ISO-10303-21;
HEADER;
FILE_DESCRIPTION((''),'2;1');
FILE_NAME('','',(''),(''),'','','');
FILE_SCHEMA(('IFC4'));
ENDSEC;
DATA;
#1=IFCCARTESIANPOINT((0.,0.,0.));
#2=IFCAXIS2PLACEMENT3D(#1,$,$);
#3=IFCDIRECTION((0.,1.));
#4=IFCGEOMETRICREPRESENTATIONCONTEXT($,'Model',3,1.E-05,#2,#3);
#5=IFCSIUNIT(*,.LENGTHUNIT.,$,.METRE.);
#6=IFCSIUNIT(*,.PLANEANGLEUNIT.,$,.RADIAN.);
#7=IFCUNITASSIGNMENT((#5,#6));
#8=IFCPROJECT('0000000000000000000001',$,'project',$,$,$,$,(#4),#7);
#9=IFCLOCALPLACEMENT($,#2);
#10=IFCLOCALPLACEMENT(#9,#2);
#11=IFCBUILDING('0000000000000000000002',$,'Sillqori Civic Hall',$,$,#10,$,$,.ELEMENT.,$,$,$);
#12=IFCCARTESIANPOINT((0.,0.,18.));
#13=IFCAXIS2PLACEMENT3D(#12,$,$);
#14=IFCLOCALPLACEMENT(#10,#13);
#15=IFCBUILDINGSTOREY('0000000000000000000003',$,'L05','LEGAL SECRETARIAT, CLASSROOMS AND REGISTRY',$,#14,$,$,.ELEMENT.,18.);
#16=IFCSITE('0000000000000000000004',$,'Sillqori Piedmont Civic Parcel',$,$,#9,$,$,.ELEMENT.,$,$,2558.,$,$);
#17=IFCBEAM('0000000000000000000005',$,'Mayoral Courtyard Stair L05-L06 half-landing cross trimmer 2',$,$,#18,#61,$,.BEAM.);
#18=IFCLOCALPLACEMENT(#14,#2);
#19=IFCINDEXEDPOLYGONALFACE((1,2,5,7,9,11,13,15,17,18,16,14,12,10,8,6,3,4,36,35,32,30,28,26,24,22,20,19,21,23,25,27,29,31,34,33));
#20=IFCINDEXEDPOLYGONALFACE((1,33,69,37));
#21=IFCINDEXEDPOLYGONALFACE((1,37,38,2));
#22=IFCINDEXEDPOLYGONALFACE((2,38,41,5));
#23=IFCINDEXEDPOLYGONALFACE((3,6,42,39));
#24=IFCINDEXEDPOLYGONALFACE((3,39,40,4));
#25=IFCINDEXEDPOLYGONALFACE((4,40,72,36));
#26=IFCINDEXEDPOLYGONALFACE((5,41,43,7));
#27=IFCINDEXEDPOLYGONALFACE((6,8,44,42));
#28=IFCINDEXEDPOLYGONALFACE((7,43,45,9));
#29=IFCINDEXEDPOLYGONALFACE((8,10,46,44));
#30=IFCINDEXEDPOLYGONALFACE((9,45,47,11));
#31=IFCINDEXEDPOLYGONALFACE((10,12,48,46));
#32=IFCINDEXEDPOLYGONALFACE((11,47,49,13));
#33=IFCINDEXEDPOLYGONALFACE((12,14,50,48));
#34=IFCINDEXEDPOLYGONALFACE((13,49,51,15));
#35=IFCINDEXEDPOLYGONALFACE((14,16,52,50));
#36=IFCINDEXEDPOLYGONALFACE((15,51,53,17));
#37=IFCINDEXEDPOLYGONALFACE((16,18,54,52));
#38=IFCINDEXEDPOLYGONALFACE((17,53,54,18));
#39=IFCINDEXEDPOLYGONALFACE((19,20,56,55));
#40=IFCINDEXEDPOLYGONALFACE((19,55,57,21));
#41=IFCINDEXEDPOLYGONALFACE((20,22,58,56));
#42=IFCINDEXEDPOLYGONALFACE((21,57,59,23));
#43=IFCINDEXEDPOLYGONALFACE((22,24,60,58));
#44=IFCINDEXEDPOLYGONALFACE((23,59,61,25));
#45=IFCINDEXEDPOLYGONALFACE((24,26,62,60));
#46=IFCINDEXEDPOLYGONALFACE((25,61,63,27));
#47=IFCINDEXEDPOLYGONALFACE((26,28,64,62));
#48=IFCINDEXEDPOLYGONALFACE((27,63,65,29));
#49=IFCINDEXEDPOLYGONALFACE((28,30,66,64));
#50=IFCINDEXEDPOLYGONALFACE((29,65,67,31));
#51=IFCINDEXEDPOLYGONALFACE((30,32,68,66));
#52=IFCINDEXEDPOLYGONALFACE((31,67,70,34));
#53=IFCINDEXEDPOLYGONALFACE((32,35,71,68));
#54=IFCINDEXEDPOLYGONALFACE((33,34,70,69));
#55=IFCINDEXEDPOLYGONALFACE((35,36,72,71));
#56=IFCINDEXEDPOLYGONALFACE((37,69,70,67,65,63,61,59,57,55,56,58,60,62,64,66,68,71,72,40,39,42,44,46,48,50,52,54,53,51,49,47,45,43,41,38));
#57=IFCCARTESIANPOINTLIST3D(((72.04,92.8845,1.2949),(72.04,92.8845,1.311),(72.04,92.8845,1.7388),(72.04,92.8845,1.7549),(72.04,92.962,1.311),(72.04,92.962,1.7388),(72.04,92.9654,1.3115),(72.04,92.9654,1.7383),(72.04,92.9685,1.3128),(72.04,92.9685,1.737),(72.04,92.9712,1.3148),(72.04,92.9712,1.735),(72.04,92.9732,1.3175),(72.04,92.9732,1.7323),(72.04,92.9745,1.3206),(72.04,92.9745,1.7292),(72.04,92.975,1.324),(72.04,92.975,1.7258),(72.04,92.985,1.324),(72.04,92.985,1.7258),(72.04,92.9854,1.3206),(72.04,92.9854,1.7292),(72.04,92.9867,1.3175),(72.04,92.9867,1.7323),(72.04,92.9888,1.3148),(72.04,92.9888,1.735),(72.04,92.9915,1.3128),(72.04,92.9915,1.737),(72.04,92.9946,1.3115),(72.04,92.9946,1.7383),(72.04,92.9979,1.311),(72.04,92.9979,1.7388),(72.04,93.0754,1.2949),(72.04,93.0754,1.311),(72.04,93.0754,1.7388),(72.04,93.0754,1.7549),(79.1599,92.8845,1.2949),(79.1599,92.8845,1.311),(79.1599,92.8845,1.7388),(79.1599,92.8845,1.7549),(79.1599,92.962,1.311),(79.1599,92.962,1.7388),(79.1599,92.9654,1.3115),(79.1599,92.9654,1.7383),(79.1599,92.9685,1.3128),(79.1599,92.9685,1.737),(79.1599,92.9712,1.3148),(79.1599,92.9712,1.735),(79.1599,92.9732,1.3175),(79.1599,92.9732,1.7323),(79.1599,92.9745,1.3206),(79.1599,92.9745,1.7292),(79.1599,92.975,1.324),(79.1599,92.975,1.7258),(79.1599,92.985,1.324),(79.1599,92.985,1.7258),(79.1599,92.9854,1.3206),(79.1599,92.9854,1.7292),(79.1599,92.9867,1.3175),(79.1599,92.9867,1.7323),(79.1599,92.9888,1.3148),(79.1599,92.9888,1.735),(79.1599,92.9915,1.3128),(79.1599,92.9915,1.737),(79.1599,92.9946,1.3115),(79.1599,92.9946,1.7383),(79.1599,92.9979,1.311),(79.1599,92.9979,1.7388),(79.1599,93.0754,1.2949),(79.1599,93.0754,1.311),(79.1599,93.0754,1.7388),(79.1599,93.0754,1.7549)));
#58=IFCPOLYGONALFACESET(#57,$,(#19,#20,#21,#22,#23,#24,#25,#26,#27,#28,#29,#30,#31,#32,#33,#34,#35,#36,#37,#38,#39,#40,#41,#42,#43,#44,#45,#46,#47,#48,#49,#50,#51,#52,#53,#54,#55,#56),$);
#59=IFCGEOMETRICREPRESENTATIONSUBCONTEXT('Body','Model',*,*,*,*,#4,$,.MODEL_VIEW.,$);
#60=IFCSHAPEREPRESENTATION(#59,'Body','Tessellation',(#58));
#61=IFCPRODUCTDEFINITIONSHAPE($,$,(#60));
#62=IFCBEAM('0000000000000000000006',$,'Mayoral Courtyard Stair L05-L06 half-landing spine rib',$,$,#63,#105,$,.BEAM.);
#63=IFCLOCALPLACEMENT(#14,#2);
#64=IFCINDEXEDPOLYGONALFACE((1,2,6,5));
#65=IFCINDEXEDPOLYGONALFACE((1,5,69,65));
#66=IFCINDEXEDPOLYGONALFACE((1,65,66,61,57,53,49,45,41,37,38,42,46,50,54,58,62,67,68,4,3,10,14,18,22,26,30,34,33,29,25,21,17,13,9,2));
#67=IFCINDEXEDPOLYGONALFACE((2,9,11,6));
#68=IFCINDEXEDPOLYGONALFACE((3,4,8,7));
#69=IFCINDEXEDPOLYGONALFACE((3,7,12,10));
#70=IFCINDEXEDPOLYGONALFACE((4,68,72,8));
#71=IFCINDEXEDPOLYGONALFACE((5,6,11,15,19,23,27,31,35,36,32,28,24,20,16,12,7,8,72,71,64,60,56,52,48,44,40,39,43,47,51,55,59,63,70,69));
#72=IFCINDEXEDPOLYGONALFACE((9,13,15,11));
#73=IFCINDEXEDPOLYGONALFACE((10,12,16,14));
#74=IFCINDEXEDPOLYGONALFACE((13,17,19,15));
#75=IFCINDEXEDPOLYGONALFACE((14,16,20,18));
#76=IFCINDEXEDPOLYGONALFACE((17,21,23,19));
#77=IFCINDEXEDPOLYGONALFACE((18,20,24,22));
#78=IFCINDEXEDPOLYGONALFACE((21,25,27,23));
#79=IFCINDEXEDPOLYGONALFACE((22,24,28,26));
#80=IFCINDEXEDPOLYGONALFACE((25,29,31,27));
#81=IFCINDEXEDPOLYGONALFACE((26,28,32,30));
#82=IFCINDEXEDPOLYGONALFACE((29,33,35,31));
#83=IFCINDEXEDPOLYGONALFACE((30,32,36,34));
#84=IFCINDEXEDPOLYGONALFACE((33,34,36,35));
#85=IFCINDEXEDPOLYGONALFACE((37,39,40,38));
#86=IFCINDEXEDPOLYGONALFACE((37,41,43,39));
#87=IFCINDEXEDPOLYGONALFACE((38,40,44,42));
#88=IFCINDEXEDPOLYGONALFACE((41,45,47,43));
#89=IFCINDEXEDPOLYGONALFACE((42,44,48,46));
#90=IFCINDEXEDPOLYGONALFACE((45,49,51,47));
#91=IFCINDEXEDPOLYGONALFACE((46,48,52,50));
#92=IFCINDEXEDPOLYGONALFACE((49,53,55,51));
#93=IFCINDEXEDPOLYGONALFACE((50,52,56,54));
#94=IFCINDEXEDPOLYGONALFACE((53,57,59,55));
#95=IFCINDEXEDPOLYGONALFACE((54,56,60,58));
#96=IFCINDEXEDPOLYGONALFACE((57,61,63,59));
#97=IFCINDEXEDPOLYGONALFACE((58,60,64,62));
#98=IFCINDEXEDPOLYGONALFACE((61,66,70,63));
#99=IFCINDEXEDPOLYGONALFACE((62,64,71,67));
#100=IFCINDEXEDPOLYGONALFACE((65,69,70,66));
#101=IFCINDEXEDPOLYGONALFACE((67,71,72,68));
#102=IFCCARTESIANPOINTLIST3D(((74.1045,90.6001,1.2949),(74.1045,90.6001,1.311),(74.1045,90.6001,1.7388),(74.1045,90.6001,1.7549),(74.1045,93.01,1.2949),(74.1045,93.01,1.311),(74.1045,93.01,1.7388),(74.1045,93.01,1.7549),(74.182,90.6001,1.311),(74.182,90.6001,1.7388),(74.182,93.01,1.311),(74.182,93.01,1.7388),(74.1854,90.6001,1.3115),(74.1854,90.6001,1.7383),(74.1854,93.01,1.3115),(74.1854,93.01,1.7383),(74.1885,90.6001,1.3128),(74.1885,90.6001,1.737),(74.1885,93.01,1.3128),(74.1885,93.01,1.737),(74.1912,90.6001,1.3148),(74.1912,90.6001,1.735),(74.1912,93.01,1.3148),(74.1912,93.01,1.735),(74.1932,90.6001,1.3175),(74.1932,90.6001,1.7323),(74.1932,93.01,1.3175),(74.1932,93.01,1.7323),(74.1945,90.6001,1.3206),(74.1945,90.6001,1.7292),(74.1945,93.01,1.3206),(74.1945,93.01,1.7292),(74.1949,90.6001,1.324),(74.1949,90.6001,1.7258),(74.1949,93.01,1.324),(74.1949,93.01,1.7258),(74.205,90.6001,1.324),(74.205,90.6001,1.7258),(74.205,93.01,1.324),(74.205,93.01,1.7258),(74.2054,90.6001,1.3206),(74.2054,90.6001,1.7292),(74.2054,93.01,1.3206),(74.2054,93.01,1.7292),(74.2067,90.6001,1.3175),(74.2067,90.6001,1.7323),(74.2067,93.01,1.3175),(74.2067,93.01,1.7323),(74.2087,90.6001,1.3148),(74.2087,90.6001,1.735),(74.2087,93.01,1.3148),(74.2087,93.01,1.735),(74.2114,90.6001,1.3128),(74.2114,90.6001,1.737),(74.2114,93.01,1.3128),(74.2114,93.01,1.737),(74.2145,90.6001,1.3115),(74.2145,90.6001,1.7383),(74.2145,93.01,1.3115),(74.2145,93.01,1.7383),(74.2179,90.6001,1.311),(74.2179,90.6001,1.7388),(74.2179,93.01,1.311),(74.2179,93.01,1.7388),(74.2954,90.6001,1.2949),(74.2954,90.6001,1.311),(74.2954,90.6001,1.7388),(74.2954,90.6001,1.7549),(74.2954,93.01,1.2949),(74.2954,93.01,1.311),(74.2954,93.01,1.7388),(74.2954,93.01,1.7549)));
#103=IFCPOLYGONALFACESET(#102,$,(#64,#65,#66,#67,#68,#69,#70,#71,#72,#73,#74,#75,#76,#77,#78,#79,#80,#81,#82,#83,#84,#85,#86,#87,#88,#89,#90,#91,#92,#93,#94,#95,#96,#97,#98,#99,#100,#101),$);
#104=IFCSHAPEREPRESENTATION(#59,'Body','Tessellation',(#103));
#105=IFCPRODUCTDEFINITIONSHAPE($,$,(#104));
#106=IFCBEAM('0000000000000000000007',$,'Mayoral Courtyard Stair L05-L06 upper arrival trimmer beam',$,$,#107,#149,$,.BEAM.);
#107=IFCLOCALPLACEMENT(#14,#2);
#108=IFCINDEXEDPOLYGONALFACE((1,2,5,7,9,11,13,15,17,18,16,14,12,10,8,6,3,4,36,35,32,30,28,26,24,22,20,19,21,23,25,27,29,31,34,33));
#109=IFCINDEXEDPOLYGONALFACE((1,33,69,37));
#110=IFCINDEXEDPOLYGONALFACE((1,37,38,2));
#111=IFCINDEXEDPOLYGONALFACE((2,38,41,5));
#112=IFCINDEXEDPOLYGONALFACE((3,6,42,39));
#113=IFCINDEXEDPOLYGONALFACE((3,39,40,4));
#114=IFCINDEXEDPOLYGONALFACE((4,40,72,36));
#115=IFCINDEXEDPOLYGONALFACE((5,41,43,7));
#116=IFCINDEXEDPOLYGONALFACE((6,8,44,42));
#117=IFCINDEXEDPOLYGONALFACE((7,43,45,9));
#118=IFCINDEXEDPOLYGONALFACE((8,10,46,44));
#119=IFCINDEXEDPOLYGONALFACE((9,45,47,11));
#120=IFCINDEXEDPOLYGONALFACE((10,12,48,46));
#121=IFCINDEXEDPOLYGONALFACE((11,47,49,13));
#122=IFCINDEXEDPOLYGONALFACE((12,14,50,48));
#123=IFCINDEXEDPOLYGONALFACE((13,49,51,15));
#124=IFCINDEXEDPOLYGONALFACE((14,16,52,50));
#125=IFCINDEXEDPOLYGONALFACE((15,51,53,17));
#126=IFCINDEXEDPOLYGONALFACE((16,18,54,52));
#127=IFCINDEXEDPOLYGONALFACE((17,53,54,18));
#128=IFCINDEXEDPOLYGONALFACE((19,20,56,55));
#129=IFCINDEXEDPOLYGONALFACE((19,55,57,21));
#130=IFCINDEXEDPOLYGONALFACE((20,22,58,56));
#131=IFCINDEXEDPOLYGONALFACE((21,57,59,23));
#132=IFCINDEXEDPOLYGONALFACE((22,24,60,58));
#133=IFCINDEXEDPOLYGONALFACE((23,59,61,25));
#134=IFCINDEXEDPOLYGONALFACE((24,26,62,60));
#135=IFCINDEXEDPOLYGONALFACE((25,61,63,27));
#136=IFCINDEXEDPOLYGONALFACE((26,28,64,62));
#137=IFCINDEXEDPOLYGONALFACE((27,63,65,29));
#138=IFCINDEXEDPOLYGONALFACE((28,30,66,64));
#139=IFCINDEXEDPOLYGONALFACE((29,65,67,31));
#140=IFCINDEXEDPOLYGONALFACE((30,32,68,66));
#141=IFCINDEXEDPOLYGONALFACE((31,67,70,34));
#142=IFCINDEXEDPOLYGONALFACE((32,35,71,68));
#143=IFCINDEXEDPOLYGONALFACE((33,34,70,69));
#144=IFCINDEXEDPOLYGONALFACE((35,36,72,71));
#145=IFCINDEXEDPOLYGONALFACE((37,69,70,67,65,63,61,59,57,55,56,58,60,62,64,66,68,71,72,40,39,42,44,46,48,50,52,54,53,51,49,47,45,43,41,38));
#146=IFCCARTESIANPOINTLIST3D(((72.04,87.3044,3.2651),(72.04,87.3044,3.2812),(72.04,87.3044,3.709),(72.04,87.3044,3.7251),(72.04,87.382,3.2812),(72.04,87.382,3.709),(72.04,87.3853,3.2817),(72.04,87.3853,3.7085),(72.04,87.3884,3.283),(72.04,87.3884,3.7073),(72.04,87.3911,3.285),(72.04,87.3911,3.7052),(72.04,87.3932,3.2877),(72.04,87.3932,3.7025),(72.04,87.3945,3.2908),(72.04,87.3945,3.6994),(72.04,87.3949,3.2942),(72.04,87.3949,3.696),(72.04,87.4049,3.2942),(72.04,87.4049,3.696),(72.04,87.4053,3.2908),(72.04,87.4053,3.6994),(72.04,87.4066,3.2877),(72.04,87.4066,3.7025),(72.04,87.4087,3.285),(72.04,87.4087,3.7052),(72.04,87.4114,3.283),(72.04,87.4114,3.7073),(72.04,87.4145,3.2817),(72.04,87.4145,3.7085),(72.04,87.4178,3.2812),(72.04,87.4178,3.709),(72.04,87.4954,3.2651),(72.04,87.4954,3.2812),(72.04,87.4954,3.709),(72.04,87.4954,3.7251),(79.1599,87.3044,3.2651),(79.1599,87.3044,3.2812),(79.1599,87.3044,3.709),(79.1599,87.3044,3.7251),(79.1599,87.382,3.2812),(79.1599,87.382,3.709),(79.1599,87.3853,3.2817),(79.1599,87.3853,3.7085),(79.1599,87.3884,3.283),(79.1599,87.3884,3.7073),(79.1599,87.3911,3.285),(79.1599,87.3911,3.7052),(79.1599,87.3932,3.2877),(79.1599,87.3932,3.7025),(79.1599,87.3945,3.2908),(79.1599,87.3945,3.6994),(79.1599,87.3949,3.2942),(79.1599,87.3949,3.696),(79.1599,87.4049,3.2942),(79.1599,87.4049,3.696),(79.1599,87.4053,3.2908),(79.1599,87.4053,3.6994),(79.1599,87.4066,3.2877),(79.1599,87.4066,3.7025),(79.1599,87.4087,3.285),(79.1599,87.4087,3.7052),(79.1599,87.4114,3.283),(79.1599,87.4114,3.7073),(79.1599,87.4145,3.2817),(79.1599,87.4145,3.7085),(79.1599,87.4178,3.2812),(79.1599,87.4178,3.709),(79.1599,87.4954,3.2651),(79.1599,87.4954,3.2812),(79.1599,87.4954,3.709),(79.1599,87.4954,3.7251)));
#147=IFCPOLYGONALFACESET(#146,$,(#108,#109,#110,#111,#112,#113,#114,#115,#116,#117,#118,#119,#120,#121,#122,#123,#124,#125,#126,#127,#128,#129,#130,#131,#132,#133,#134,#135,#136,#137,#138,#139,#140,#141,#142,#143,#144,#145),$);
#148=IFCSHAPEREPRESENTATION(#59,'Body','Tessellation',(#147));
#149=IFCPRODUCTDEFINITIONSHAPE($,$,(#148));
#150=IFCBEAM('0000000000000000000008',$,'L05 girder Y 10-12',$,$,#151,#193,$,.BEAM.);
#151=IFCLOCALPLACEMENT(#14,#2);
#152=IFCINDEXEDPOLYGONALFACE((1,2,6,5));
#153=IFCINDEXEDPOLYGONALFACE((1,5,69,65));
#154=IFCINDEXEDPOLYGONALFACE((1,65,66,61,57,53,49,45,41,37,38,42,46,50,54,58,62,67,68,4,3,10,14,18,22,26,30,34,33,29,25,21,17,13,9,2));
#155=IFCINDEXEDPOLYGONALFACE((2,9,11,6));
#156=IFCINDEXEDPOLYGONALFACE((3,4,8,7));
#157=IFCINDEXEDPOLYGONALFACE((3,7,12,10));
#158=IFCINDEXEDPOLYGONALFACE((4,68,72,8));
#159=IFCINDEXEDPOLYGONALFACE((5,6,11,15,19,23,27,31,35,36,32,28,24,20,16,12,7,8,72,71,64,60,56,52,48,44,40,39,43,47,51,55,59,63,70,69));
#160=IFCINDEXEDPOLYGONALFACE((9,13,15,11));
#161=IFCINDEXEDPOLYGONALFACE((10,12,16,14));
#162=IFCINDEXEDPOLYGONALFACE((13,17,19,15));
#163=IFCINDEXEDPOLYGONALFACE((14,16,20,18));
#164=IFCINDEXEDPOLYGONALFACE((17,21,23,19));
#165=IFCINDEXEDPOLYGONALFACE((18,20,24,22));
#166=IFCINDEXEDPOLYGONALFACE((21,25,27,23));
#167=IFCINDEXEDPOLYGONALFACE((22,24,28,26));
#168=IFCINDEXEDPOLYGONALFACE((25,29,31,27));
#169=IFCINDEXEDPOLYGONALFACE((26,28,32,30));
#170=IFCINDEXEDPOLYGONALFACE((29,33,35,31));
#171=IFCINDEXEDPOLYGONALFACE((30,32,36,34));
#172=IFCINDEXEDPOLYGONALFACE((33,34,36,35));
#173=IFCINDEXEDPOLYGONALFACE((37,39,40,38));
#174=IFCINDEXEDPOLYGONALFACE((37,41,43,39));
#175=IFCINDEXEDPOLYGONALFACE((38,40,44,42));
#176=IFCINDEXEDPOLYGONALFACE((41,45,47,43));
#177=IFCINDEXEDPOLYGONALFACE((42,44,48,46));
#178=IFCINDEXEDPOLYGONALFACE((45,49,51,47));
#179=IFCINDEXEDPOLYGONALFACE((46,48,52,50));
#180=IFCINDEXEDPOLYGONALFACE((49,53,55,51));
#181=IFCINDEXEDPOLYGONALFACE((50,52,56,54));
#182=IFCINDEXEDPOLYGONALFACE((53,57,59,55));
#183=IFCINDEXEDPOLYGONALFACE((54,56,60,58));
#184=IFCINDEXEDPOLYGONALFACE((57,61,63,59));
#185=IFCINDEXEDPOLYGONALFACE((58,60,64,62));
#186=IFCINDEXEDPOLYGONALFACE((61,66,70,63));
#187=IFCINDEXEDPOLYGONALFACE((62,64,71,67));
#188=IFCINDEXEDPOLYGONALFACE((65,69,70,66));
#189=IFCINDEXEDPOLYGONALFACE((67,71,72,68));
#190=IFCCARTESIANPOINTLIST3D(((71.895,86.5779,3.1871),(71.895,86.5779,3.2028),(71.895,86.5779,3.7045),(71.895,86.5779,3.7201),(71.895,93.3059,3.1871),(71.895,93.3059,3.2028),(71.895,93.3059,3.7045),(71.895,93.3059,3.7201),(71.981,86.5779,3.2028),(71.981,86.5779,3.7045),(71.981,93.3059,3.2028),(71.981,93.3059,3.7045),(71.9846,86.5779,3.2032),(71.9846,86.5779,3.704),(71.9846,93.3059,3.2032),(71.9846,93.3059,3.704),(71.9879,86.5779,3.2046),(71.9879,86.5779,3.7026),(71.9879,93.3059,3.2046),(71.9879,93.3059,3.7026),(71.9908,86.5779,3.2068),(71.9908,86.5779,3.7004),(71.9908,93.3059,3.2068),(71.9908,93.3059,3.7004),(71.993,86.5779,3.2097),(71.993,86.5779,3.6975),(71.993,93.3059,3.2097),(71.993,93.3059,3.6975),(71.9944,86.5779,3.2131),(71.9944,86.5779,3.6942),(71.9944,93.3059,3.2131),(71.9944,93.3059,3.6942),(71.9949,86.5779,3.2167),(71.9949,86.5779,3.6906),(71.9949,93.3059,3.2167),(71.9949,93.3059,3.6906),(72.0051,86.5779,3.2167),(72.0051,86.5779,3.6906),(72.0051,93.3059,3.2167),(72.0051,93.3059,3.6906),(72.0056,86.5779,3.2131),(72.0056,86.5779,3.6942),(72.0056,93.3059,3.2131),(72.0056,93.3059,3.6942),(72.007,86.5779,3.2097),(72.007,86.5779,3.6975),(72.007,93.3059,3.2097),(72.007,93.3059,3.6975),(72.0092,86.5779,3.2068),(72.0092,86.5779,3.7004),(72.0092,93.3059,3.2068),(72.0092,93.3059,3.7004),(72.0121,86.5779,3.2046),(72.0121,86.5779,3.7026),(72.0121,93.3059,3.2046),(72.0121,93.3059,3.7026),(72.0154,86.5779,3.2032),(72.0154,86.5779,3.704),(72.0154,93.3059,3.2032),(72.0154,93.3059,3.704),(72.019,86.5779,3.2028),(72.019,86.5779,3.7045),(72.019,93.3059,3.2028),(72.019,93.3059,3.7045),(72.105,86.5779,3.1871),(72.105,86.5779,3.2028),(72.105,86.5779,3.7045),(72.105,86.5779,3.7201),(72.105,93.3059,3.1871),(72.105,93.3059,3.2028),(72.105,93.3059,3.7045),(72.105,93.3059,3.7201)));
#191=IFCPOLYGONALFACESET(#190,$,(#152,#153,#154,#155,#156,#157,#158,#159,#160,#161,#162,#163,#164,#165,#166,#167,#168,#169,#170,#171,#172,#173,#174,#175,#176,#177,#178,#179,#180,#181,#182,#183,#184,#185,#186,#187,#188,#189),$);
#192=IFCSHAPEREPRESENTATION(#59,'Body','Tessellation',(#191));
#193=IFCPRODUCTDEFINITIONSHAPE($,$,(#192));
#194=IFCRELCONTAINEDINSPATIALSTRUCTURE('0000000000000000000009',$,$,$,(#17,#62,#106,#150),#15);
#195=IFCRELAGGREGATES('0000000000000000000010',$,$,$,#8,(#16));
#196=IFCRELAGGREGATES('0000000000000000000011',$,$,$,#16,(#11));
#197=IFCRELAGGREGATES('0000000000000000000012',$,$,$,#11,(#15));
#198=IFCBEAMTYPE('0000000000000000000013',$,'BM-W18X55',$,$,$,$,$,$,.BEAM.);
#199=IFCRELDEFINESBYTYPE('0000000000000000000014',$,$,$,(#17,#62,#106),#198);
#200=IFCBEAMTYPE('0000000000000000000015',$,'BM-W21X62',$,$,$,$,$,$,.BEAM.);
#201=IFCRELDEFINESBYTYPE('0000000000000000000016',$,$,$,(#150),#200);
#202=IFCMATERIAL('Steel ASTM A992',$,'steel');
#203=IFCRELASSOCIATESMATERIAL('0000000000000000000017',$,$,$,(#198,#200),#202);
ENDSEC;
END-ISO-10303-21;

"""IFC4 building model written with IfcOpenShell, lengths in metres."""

from ifc_helpers import new_model, si_unit, direction, frame, origin, origin_2d, place, context, subcontext, project, spatial, i_section, extrude, material, material_profile, profile_set, type_object, element, save


model = new_model("IFC4")

# Units and contexts
model_context = context("Model", 3, precision=1e-05, world=origin(), true_north=direction((0.0, 1.0)))
body_context = subcontext(model_context, "Body", "Model", "MODEL_VIEW")
ifc_project = project(units=[si_unit("LENGTHUNIT", "METRE"), si_unit("PLANEANGLEUNIT", "RADIAN")], contexts=[model_context])

# Site, building, storey
site_placement = place(None, origin())
site = spatial("IfcSite", under=ifc_project, at=site_placement, Name="Sillqori Piedmont Civic Parcel", CompositionType="ELEMENT", RefElevation=2558.0)
building_placement = place(site_placement, origin())
building = spatial("IfcBuilding", under=site, at=building_placement, Name="Sillqori Civic Hall", CompositionType="ELEMENT")
storey_placement = place(building_placement, frame((0.0, 0.0, 18.0)))
storey = spatial("IfcBuildingStorey", under=building, at=storey_placement, Name="L05", Description="LEGAL SECRETARIAT, CLASSROOMS AND REGISTRY", CompositionType="ELEMENT", Elevation=18.0)

# Shared definitions
ifc_material_1 = material(Name="Steel ASTM A992", Category="steel")

# Beams
ifc_material_profile_1 = material_profile(ifc_material_1, i_section(OverallWidth=0.1909, OverallDepth=0.46, WebThickness=0.01, FlangeThickness=0.0161, FilletRadius=0.0129, at=origin_2d()), Name="W18X55")
ifc_profile_set_1 = profile_set([ifc_material_profile_1], Name="Steel ASTM A992")
beam_type_1 = type_object("IfcBeamType", Name="BM-W18X55", PredefinedType="BEAM", material=ifc_profile_set_1)
for number, where, z_axis, x_axis, name in (
    (1, (72.04, 92.98, 1.5249), (1.0, 0.0, 0.0), (0.0, 1.0, 0.0), "Mayoral Courtyard Stair L05-L06 half-landing cross trimmer 2"),
):
    element("IfcBeam", number, at=place(storey_placement, frame(where, z_axis=z_axis, x_axis=x_axis)), inside=storey, type_object=beam_type_1, Name=name, PredefinedType="BEAM", context=body_context, shape_type="SweptSolid", body=[
        extrude(i_section(OverallWidth=0.1909, OverallDepth=0.46, WebThickness=0.01, FlangeThickness=0.0161, FilletRadius=0.0129, at=origin_2d()), origin(), (0.0, 0.0, 1.0), 7.1199),
    ])
beam_1_placement = place(storey_placement, frame((74.2, 90.6001, 1.5249), z_axis=(0.0, 1.0, 0.0), x_axis=(-1.0, 0.0, 0.0)))
element("IfcBeam", 2, at=beam_1_placement, inside=storey, type_object=beam_type_1, Name="Mayoral Courtyard Stair L05-L06 half-landing spine rib", PredefinedType="BEAM", context=body_context, shape_type="SweptSolid", body=[
    extrude(i_section(OverallWidth=0.1909, OverallDepth=0.46, WebThickness=0.01, FlangeThickness=0.0161, FilletRadius=0.0129, at=origin_2d()), origin(), (0.0, 0.0, 1.0), 2.4099),
])
beam_2_placement = place(storey_placement, frame((72.04, 87.3999, 3.4951), z_axis=(1.0, 0.0, 0.0), x_axis=(0.0, 1.0, 0.0)))
element("IfcBeam", 3, at=beam_2_placement, inside=storey, type_object=beam_type_1, Name="Mayoral Courtyard Stair L05-L06 upper arrival trimmer beam", PredefinedType="BEAM", context=body_context, shape_type="SweptSolid", body=[
    extrude(i_section(OverallWidth=0.1909, OverallDepth=0.46, WebThickness=0.01, FlangeThickness=0.0161, FilletRadius=0.0129, at=origin_2d()), origin(), (0.0, 0.0, 1.0), 7.1199),
])
ifc_material_profile_2 = material_profile(ifc_material_1, i_section(OverallWidth=0.21, OverallDepth=0.533, WebThickness=0.0103, FlangeThickness=0.0156, FilletRadius=0.0139, at=origin_2d()), Name="W21X62")
ifc_profile_set_2 = profile_set([ifc_material_profile_2], Name="Steel ASTM A992")
beam_type_2 = type_object("IfcBeamType", Name="BM-W21X62", PredefinedType="BEAM", material=ifc_profile_set_2)
for number, where, z_axis, x_axis, name in (
    (4, (72.0, 86.5779, 3.4536), (0.0, 1.0, 0.0), (-1.0, 0.0, 0.0), "L05 girder Y 10-12"),
):
    element("IfcBeam", number, at=place(storey_placement, frame(where, z_axis=z_axis, x_axis=x_axis)), inside=storey, type_object=beam_type_2, Name=name, PredefinedType="BEAM", context=body_context, shape_type="SweptSolid", body=[
        extrude(i_section(OverallWidth=0.21, OverallDepth=0.533, WebThickness=0.0103, FlangeThickness=0.0156, FilletRadius=0.0139, at=origin_2d()), origin(), (0.0, 0.0, 1.0), 6.728),
    ])

save(model, "model.ifc")
